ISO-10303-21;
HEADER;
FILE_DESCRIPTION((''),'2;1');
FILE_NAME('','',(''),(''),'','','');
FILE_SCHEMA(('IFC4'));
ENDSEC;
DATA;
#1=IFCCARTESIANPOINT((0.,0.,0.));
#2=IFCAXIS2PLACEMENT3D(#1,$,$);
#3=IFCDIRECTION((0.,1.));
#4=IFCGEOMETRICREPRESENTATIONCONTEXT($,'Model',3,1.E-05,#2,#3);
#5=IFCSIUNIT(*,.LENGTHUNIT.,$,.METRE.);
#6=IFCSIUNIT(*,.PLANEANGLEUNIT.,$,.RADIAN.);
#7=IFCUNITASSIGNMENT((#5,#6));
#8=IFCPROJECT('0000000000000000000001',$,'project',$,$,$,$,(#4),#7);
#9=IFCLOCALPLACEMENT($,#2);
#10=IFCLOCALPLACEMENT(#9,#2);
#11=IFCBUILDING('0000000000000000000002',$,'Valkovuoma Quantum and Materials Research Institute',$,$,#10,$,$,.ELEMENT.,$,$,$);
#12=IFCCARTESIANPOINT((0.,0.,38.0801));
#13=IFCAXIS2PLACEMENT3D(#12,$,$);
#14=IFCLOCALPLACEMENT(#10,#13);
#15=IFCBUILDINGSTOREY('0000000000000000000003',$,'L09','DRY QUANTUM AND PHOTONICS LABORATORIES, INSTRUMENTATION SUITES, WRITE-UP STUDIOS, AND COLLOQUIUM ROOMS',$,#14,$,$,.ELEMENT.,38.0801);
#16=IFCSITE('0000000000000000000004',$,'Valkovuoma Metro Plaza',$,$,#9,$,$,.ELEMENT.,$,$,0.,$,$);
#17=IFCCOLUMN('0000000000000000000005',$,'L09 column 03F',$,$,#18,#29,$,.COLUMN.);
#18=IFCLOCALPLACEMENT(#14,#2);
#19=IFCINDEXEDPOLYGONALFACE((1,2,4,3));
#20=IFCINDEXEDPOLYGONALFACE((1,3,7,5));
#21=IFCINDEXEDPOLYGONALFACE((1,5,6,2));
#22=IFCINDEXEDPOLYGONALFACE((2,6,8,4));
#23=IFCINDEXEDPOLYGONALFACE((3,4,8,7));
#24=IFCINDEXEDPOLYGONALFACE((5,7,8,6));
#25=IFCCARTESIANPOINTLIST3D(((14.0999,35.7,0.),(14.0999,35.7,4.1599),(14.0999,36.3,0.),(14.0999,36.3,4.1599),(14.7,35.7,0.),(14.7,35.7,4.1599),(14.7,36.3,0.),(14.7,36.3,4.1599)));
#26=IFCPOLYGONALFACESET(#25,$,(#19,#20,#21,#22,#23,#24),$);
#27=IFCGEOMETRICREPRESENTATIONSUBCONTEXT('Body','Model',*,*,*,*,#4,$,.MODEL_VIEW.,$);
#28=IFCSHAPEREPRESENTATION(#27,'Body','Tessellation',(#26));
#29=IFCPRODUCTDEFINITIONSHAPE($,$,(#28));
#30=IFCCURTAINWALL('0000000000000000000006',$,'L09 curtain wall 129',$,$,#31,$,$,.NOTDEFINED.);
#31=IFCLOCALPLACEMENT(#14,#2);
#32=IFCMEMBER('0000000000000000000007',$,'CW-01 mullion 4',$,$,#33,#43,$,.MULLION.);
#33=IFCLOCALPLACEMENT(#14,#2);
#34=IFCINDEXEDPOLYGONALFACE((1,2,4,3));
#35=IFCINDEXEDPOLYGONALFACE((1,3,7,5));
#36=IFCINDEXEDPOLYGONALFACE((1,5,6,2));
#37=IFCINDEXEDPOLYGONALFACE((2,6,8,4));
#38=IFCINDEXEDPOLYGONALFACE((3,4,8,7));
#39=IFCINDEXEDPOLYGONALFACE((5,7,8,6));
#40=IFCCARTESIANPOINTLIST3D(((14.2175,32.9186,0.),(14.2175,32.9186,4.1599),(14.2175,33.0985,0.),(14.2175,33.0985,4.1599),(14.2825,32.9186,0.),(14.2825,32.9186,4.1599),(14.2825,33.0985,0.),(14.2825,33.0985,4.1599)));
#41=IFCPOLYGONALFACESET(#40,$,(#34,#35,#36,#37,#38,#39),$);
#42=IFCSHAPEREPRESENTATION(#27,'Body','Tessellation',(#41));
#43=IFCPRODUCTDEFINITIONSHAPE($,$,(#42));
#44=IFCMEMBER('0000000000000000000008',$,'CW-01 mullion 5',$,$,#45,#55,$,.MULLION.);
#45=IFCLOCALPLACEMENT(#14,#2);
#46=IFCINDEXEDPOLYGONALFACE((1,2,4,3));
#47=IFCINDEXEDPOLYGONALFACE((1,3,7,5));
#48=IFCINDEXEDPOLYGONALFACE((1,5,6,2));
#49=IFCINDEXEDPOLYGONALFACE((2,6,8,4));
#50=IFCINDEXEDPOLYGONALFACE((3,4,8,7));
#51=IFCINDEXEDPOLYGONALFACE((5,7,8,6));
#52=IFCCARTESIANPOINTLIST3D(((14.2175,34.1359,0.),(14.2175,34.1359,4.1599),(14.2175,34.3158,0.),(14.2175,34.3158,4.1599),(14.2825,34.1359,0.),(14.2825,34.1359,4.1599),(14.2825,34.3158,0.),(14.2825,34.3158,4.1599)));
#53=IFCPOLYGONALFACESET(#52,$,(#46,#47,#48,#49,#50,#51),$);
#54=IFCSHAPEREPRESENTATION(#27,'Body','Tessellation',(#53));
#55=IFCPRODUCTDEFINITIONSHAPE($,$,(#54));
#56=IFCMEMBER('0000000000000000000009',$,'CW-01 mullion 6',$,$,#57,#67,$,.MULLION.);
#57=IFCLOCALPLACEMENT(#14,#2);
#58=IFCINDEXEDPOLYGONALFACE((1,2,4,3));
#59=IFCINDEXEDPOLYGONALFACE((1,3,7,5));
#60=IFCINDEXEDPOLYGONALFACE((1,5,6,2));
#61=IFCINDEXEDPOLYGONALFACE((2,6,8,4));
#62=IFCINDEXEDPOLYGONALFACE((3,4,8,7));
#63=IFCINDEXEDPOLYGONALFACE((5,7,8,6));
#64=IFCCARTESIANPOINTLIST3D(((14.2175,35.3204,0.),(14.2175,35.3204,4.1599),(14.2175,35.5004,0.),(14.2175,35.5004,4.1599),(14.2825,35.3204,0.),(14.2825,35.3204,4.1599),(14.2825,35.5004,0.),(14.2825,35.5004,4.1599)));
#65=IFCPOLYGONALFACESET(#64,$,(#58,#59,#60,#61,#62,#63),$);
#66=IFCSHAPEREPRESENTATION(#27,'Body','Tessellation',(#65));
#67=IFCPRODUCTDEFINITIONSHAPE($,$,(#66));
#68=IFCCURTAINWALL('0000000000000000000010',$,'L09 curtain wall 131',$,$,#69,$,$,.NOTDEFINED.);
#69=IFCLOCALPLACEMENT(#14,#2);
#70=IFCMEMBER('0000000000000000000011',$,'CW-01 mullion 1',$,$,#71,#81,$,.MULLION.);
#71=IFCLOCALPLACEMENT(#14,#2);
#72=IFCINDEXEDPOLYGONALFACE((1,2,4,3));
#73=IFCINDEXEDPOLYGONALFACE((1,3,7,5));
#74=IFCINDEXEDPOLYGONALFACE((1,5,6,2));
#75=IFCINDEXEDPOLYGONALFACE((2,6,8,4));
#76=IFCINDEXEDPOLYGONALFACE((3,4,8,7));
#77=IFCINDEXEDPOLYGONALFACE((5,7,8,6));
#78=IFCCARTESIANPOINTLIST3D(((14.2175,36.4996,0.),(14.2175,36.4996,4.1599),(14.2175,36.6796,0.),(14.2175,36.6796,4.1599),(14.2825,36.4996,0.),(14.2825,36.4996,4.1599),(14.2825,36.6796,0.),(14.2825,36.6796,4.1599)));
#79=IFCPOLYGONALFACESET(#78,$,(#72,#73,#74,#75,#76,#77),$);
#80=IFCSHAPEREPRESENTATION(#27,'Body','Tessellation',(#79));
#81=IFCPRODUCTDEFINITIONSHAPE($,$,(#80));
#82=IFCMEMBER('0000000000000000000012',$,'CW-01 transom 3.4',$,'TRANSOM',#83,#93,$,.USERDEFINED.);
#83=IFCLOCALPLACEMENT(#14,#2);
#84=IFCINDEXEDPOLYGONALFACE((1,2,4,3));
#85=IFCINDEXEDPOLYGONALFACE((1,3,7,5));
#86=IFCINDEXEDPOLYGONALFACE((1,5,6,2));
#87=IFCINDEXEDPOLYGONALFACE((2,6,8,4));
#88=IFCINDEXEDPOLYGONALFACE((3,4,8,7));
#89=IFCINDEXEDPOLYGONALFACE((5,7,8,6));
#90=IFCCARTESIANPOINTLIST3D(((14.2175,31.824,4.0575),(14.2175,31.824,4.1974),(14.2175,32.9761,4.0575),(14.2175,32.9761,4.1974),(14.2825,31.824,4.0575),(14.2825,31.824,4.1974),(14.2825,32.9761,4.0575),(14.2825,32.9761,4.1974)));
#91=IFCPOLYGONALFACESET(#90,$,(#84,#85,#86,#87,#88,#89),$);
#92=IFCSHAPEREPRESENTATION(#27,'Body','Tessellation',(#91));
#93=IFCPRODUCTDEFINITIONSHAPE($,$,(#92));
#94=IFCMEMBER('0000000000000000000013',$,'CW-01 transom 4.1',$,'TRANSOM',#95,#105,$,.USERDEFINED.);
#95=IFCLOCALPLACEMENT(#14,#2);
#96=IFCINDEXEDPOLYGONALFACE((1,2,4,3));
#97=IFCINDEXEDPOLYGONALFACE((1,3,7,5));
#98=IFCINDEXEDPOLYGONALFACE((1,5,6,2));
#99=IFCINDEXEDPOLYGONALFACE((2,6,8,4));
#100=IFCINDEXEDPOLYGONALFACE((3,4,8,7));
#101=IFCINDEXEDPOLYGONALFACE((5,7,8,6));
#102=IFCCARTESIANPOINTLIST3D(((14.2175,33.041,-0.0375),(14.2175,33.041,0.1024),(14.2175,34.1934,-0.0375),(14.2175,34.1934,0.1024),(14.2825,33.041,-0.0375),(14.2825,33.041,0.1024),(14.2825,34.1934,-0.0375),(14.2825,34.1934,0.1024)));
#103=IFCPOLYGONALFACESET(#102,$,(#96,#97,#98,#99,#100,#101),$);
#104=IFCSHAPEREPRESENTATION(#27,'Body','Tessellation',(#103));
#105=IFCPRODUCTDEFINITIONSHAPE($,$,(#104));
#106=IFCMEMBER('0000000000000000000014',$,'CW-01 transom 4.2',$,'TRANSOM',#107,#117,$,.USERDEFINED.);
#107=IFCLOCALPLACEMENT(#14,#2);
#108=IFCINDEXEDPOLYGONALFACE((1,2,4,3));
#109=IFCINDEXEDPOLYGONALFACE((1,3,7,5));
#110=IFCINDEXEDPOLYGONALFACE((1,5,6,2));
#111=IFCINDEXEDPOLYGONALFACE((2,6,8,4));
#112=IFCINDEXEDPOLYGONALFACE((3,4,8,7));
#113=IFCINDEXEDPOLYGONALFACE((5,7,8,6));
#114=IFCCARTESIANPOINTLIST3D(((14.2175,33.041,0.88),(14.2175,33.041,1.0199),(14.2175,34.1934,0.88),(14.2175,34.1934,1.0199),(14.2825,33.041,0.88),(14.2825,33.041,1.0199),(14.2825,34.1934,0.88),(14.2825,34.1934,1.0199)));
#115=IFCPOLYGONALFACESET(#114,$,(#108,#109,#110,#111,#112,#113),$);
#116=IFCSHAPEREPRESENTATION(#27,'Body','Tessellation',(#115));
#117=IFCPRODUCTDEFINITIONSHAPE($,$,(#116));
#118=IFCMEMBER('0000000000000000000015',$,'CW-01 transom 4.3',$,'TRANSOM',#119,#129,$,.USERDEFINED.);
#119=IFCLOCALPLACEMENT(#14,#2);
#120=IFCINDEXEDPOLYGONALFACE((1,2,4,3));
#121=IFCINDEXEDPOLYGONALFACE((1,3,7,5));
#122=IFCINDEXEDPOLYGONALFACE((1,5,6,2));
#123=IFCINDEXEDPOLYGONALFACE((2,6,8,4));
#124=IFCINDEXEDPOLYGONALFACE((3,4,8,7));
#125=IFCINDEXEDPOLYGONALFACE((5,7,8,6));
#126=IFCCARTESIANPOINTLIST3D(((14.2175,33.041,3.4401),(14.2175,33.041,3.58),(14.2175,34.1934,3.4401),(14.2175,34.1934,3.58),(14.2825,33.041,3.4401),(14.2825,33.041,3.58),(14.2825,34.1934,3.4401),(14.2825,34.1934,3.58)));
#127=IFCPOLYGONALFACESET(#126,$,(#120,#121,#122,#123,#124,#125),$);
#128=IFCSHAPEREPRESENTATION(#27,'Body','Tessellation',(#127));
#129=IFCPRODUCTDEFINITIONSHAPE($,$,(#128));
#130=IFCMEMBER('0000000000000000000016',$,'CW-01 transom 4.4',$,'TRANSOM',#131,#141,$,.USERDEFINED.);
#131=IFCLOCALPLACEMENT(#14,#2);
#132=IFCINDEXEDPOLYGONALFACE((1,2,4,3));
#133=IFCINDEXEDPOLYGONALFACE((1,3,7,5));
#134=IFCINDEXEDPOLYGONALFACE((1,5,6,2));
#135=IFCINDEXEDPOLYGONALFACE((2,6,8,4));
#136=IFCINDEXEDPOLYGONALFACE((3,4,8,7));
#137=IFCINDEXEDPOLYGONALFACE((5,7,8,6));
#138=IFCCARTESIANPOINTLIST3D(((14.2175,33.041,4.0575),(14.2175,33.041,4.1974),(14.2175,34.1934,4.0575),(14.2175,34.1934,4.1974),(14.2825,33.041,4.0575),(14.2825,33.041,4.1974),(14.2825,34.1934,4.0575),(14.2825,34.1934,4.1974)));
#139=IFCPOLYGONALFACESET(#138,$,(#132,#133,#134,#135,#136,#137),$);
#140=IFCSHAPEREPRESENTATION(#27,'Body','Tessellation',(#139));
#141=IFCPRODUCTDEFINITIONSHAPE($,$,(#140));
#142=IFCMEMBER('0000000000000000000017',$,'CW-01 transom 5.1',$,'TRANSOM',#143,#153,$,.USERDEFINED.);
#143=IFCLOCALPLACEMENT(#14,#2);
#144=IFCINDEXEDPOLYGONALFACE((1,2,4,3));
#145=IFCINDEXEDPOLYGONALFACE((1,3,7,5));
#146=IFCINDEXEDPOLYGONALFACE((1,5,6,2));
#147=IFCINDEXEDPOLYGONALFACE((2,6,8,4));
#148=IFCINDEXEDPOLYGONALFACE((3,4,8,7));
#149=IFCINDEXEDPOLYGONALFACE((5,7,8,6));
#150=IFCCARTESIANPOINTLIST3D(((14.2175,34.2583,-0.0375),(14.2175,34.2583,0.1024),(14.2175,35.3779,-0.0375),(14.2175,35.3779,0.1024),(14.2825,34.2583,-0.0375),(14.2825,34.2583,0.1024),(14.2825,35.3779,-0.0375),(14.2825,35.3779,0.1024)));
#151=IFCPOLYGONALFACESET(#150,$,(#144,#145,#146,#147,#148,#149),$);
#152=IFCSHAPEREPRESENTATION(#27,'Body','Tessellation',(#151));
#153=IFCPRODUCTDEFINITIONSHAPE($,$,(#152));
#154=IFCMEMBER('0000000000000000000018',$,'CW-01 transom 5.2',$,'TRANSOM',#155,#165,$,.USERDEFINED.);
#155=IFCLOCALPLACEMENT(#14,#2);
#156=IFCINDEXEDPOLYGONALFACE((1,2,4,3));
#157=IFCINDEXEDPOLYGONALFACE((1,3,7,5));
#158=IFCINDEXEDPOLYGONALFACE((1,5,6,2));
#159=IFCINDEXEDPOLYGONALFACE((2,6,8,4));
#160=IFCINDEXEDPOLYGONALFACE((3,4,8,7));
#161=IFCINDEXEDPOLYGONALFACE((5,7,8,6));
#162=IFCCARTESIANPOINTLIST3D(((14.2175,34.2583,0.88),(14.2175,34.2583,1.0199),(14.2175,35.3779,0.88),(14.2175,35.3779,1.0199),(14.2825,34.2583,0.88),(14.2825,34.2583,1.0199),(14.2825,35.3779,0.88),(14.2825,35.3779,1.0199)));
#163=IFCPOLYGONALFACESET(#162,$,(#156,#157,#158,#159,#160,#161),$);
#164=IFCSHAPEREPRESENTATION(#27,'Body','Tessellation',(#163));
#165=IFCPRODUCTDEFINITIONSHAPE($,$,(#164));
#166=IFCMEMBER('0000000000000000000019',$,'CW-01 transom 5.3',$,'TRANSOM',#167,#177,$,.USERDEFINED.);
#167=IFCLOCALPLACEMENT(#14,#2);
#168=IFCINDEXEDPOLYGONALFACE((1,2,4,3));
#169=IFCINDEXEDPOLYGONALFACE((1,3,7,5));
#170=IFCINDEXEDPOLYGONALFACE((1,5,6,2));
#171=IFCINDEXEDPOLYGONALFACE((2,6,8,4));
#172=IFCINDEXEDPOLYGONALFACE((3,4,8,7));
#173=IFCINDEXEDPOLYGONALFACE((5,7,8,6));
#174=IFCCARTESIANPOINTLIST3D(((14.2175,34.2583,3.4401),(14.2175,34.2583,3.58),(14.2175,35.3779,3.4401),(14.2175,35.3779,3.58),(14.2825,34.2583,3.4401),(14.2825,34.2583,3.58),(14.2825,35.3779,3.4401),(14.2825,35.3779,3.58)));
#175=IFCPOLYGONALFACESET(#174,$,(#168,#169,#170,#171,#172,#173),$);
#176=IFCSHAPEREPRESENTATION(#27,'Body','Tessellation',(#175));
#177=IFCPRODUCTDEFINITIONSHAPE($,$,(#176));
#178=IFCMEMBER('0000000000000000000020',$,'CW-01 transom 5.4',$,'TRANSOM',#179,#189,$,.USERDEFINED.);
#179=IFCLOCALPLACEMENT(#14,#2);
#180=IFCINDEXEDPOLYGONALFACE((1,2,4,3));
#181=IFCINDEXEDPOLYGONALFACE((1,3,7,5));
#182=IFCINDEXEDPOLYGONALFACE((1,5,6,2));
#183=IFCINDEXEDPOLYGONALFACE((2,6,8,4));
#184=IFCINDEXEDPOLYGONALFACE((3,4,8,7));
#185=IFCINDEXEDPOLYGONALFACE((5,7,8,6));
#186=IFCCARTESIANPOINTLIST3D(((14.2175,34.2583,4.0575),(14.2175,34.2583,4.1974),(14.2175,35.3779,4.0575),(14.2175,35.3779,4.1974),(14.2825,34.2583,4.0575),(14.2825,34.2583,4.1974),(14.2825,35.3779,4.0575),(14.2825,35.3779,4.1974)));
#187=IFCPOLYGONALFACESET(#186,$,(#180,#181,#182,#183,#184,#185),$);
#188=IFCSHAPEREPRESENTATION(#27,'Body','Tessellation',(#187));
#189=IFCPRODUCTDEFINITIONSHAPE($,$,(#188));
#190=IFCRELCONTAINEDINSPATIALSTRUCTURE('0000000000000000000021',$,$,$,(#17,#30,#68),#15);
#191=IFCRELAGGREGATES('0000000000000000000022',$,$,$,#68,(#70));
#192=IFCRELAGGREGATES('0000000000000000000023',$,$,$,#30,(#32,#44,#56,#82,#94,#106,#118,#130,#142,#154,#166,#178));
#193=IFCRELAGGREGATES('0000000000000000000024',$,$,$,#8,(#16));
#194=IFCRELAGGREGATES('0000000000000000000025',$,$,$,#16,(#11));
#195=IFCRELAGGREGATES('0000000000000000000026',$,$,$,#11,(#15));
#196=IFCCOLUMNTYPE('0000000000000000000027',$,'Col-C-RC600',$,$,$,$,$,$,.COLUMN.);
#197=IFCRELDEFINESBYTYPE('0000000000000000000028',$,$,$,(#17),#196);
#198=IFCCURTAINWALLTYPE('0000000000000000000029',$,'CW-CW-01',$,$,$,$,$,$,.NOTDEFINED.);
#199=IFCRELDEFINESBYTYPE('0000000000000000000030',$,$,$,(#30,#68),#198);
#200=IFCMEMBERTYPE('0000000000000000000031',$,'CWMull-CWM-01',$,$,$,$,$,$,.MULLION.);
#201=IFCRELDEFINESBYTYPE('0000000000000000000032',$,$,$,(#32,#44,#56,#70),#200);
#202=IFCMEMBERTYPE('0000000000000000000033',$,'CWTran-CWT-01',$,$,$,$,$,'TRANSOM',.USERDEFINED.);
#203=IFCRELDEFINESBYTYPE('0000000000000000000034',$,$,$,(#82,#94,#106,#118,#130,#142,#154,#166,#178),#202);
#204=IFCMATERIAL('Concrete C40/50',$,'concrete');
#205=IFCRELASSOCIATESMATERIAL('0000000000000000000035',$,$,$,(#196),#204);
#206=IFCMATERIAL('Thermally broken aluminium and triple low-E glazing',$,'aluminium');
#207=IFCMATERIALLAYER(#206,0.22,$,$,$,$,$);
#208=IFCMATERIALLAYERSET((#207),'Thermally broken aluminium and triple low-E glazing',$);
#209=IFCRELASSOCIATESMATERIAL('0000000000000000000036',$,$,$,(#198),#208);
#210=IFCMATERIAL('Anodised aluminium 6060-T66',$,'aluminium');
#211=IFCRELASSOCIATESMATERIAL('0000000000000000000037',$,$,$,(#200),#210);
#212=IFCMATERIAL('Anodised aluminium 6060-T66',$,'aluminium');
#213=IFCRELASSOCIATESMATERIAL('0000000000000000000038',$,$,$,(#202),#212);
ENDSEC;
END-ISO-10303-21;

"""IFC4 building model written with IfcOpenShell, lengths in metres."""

from ifc_helpers import new_model, si_unit, direction, frame, origin, origin_2d, place, context, subcontext, project, spatial, rectangle, extrude, material, layer, layer_set, material_profile, profile_set, type_object, element, aggregate, save


model = new_model("IFC4")

# Units and contexts
model_context = context("Model", 3, precision=1e-05, world=origin(), true_north=direction((0.0, 1.0)))
body_context = subcontext(model_context, "Body", "Model", "MODEL_VIEW")
ifc_project = project(units=[si_unit("LENGTHUNIT", "METRE"), si_unit("PLANEANGLEUNIT", "RADIAN")], contexts=[model_context])

# Site, building, storey
site_placement = place(None, origin())
site = spatial("IfcSite", under=ifc_project, at=site_placement, Name="Valkovuoma Metro Plaza", CompositionType="ELEMENT", RefElevation=0.0)
building_placement = place(site_placement, origin())
building = spatial("IfcBuilding", under=site, at=building_placement, Name="Valkovuoma Quantum and Materials Research Institute", CompositionType="ELEMENT")
storey_placement = place(building_placement, frame((0.0, 0.0, 38.0801)))
storey = spatial("IfcBuildingStorey", under=building, at=storey_placement, Name="L09", Description="DRY QUANTUM AND PHOTONICS LABORATORIES, INSTRUMENTATION SUITES, WRITE-UP STUDIOS, AND COLLOQUIUM ROOMS", CompositionType="ELEMENT", Elevation=38.0801)

# Column
ifc_material_1 = material(Name="Concrete C40/50", Category="concrete")
ifc_material_profile_1 = material_profile(ifc_material_1, rectangle(XDim=0.6001, YDim=0.6001, at=origin_2d()), Name="Concrete C40/50")
ifc_profile_set_1 = profile_set([ifc_material_profile_1], Name="Concrete C40/50")
column_type = type_object("IfcColumnType", Name="Col-C-RC600", PredefinedType="COLUMN", material=ifc_profile_set_1)
column_placement = place(storey_placement, frame((14.3999, 36.0, 0.0), z_axis=(0.0, 0.0, 1.0), x_axis=(1.0, 0.0, 0.0)))
element("IfcColumn", 1, at=column_placement, inside=storey, type_object=column_type, Name="L09 column 03F", PredefinedType="COLUMN", context=body_context, shape_type="SweptSolid", body=[
    extrude(rectangle(XDim=0.6001, YDim=0.6001, at=origin_2d()), origin(), (0.0, 0.0, 1.0), 4.1599),
])

# Curtain wall, members
ifc_material_2 = material(Name="Thermally broken aluminium and triple low-E glazing", Category="aluminium")
ifc_layer_1 = layer(ifc_material_2, 0.22)
ifc_layer_set_1 = layer_set([ifc_layer_1], Name="Thermally broken aluminium and triple low-E glazing")
curtain_wall_type = type_object("IfcCurtainWallType", Name="CW-CW-01", PredefinedType="NOTDEFINED", material=ifc_layer_set_1)
curtain_wall_1_placement = place(storey_placement, origin())
curtain_wall_1 = element("IfcCurtainWall", 2, at=curtain_wall_1_placement, inside=storey, type_object=curtain_wall_type, Name="L09 curtain wall 129", PredefinedType="NOTDEFINED")
ifc_material_3 = material(Name="Anodised aluminium 6060-T66", Category="aluminium")
ifc_material_profile_2 = material_profile(ifc_material_3, rectangle(XDim=0.0649, YDim=0.1799, at=origin_2d()), Name="Anodised aluminium 6060-T66")
ifc_profile_set_2 = profile_set([ifc_material_profile_2], Name="Anodised aluminium 6060-T66")
member_type_1 = type_object("IfcMemberType", Name="CWMull-CWM-01", PredefinedType="MULLION", material=ifc_profile_set_2)
member_1_placement = place(storey_placement, frame((14.25, 33.0085, 0.0), z_axis=(0.0, 0.0, 1.0), x_axis=(-1.0, 0.0, 0.0)))
member_1 = element("IfcMember", 3, at=member_1_placement, type_object=member_type_1, Name="CW-01 mullion 4", PredefinedType="MULLION", context=body_context, shape_type="SweptSolid", body=[
    extrude(rectangle(XDim=0.0649, YDim=0.1799, at=origin_2d()), origin(), (0.0, 0.0, 1.0), 4.1599),
])
member_2_placement = place(storey_placement, frame((14.25, 34.2258, 0.0), z_axis=(0.0, 0.0, 1.0), x_axis=(-1.0, 0.0, 0.0)))
member_2 = element("IfcMember", 4, at=member_2_placement, type_object=member_type_1, Name="CW-01 mullion 5", PredefinedType="MULLION", context=body_context, shape_type="SweptSolid", body=[
    extrude(rectangle(XDim=0.0649, YDim=0.1799, at=origin_2d()), origin(), (0.0, 0.0, 1.0), 4.1599),
])
member_3_placement = place(storey_placement, frame((14.25, 35.4104, 0.0), z_axis=(0.0, 0.0, 1.0), x_axis=(-1.0, 0.0, 0.0)))
member_3 = element("IfcMember", 5, at=member_3_placement, type_object=member_type_1, Name="CW-01 mullion 6", PredefinedType="MULLION", context=body_context, shape_type="SweptSolid", body=[
    extrude(rectangle(XDim=0.0649, YDim=0.1799, at=origin_2d()), origin(), (0.0, 0.0, 1.0), 4.1599),
])

# Curtain wall, member
curtain_wall_2_placement = place(storey_placement, origin())
curtain_wall_2 = element("IfcCurtainWall", 6, at=curtain_wall_2_placement, inside=storey, type_object=curtain_wall_type, Name="L09 curtain wall 131", PredefinedType="NOTDEFINED")
member_4_placement = place(storey_placement, frame((14.25, 36.5896, 0.0), z_axis=(0.0, 0.0, 1.0), x_axis=(-1.0, 0.0, 0.0)))
member_4 = element("IfcMember", 7, at=member_4_placement, type_object=member_type_1, Name="CW-01 mullion 1", PredefinedType="MULLION", context=body_context, shape_type="SweptSolid", body=[
    extrude(rectangle(XDim=0.0649, YDim=0.1799, at=origin_2d()), origin(), (0.0, 0.0, 1.0), 4.1599),
])
aggregate(curtain_wall_2, [member_4])

# Members
ifc_material_4 = material(Name="Anodised aluminium 6060-T66", Category="aluminium")
ifc_material_profile_3 = material_profile(ifc_material_4, rectangle(XDim=0.0649, YDim=0.1399, at=origin_2d()), Name="Anodised aluminium 6060-T66")
ifc_profile_set_3 = profile_set([ifc_material_profile_3], Name="Anodised aluminium 6060-T66")
member_type_2 = type_object("IfcMemberType", Name="CWTran-CWT-01", ElementType="TRANSOM", PredefinedType="USERDEFINED", material=ifc_profile_set_3)
member_5_placement = place(storey_placement, frame((14.25, 31.824, 4.1274), z_axis=(0.0, 1.0, 0.0), x_axis=(-1.0, 0.0, 0.0)))
member_5 = element("IfcMember", 8, at=member_5_placement, type_object=member_type_2, Name="CW-01 transom 3.4", ObjectType="TRANSOM", PredefinedType="USERDEFINED", context=body_context, shape_type="SweptSolid", body=[
    extrude(rectangle(XDim=0.0649, YDim=0.1399, at=origin_2d()), origin(), (0.0, 0.0, 1.0), 1.1521),
])
member_6_placement = place(storey_placement, frame((14.25, 33.041, 0.0325), z_axis=(0.0, 1.0, 0.0), x_axis=(-1.0, 0.0, 0.0)))
member_6 = element("IfcMember", 9, at=member_6_placement, type_object=member_type_2, Name="CW-01 transom 4.1", ObjectType="TRANSOM", PredefinedType="USERDEFINED", context=body_context, shape_type="SweptSolid", body=[
    extrude(rectangle(XDim=0.0649, YDim=0.1399, at=origin_2d()), origin(), (0.0, 0.0, 1.0), 1.1523),
])
member_7_placement = place(storey_placement, frame((14.25, 33.041, 0.95), z_axis=(0.0, 1.0, 0.0), x_axis=(-1.0, 0.0, 0.0)))
member_7 = element("IfcMember", 10, at=member_7_placement, type_object=member_type_2, Name="CW-01 transom 4.2", ObjectType="TRANSOM", PredefinedType="USERDEFINED", context=body_context, shape_type="SweptSolid", body=[
    extrude(rectangle(XDim=0.0649, YDim=0.1399, at=origin_2d()), origin(), (0.0, 0.0, 1.0), 1.1523),
])
member_8_placement = place(storey_placement, frame((14.25, 33.041, 3.51), z_axis=(0.0, 1.0, 0.0), x_axis=(-1.0, 0.0, 0.0)))
member_8 = element("IfcMember", 11, at=member_8_placement, type_object=member_type_2, Name="CW-01 transom 4.3", ObjectType="TRANSOM", PredefinedType="USERDEFINED", context=body_context, shape_type="SweptSolid", body=[
    extrude(rectangle(XDim=0.0649, YDim=0.1399, at=origin_2d()), origin(), (0.0, 0.0, 1.0), 1.1523),
])
member_9_placement = place(storey_placement, frame((14.25, 33.041, 4.1274), z_axis=(0.0, 1.0, 0.0), x_axis=(-1.0, 0.0, 0.0)))
member_9 = element("IfcMember", 12, at=member_9_placement, type_object=member_type_2, Name="CW-01 transom 4.4", ObjectType="TRANSOM", PredefinedType="USERDEFINED", context=body_context, shape_type="SweptSolid", body=[
    extrude(rectangle(XDim=0.0649, YDim=0.1399, at=origin_2d()), origin(), (0.0, 0.0, 1.0), 1.1523),
])
member_10_placement = place(storey_placement, frame((14.25, 34.2583, 0.0325), z_axis=(0.0, 1.0, 0.0), x_axis=(-1.0, 0.0, 0.0)))
member_10 = element("IfcMember", 13, at=member_10_placement, type_object=member_type_2, Name="CW-01 transom 5.1", ObjectType="TRANSOM", PredefinedType="USERDEFINED", context=body_context, shape_type="SweptSolid", body=[
    extrude(rectangle(XDim=0.0649, YDim=0.1399, at=origin_2d()), origin(), (0.0, 0.0, 1.0), 1.1196),
])
member_11_placement = place(storey_placement, frame((14.25, 34.2583, 0.95), z_axis=(0.0, 1.0, 0.0), x_axis=(-1.0, 0.0, 0.0)))
member_11 = element("IfcMember", 14, at=member_11_placement, type_object=member_type_2, Name="CW-01 transom 5.2", ObjectType="TRANSOM", PredefinedType="USERDEFINED", context=body_context, shape_type="SweptSolid", body=[
    extrude(rectangle(XDim=0.0649, YDim=0.1399, at=origin_2d()), origin(), (0.0, 0.0, 1.0), 1.1196),
])
member_12_placement = place(storey_placement, frame((14.25, 34.2583, 3.51), z_axis=(0.0, 1.0, 0.0), x_axis=(-1.0, 0.0, 0.0)))
member_12 = element("IfcMember", 15, at=member_12_placement, type_object=member_type_2, Name="CW-01 transom 5.3", ObjectType="TRANSOM", PredefinedType="USERDEFINED", context=body_context, shape_type="SweptSolid", body=[
    extrude(rectangle(XDim=0.0649, YDim=0.1399, at=origin_2d()), origin(), (0.0, 0.0, 1.0), 1.1196),
])
member_13_placement = place(storey_placement, frame((14.25, 34.2583, 4.1274), z_axis=(0.0, 1.0, 0.0), x_axis=(-1.0, 0.0, 0.0)))
member_13 = element("IfcMember", 16, at=member_13_placement, type_object=member_type_2, Name="CW-01 transom 5.4", ObjectType="TRANSOM", PredefinedType="USERDEFINED", context=body_context, shape_type="SweptSolid", body=[
    extrude(rectangle(XDim=0.0649, YDim=0.1399, at=origin_2d()), origin(), (0.0, 0.0, 1.0), 1.1196),
])

aggregate(curtain_wall_1, [member_1, member_2, member_3, member_5, member_6, member_7, member_8, member_9, member_10, member_11, member_12, member_13])

save(model, "model.ifc")
